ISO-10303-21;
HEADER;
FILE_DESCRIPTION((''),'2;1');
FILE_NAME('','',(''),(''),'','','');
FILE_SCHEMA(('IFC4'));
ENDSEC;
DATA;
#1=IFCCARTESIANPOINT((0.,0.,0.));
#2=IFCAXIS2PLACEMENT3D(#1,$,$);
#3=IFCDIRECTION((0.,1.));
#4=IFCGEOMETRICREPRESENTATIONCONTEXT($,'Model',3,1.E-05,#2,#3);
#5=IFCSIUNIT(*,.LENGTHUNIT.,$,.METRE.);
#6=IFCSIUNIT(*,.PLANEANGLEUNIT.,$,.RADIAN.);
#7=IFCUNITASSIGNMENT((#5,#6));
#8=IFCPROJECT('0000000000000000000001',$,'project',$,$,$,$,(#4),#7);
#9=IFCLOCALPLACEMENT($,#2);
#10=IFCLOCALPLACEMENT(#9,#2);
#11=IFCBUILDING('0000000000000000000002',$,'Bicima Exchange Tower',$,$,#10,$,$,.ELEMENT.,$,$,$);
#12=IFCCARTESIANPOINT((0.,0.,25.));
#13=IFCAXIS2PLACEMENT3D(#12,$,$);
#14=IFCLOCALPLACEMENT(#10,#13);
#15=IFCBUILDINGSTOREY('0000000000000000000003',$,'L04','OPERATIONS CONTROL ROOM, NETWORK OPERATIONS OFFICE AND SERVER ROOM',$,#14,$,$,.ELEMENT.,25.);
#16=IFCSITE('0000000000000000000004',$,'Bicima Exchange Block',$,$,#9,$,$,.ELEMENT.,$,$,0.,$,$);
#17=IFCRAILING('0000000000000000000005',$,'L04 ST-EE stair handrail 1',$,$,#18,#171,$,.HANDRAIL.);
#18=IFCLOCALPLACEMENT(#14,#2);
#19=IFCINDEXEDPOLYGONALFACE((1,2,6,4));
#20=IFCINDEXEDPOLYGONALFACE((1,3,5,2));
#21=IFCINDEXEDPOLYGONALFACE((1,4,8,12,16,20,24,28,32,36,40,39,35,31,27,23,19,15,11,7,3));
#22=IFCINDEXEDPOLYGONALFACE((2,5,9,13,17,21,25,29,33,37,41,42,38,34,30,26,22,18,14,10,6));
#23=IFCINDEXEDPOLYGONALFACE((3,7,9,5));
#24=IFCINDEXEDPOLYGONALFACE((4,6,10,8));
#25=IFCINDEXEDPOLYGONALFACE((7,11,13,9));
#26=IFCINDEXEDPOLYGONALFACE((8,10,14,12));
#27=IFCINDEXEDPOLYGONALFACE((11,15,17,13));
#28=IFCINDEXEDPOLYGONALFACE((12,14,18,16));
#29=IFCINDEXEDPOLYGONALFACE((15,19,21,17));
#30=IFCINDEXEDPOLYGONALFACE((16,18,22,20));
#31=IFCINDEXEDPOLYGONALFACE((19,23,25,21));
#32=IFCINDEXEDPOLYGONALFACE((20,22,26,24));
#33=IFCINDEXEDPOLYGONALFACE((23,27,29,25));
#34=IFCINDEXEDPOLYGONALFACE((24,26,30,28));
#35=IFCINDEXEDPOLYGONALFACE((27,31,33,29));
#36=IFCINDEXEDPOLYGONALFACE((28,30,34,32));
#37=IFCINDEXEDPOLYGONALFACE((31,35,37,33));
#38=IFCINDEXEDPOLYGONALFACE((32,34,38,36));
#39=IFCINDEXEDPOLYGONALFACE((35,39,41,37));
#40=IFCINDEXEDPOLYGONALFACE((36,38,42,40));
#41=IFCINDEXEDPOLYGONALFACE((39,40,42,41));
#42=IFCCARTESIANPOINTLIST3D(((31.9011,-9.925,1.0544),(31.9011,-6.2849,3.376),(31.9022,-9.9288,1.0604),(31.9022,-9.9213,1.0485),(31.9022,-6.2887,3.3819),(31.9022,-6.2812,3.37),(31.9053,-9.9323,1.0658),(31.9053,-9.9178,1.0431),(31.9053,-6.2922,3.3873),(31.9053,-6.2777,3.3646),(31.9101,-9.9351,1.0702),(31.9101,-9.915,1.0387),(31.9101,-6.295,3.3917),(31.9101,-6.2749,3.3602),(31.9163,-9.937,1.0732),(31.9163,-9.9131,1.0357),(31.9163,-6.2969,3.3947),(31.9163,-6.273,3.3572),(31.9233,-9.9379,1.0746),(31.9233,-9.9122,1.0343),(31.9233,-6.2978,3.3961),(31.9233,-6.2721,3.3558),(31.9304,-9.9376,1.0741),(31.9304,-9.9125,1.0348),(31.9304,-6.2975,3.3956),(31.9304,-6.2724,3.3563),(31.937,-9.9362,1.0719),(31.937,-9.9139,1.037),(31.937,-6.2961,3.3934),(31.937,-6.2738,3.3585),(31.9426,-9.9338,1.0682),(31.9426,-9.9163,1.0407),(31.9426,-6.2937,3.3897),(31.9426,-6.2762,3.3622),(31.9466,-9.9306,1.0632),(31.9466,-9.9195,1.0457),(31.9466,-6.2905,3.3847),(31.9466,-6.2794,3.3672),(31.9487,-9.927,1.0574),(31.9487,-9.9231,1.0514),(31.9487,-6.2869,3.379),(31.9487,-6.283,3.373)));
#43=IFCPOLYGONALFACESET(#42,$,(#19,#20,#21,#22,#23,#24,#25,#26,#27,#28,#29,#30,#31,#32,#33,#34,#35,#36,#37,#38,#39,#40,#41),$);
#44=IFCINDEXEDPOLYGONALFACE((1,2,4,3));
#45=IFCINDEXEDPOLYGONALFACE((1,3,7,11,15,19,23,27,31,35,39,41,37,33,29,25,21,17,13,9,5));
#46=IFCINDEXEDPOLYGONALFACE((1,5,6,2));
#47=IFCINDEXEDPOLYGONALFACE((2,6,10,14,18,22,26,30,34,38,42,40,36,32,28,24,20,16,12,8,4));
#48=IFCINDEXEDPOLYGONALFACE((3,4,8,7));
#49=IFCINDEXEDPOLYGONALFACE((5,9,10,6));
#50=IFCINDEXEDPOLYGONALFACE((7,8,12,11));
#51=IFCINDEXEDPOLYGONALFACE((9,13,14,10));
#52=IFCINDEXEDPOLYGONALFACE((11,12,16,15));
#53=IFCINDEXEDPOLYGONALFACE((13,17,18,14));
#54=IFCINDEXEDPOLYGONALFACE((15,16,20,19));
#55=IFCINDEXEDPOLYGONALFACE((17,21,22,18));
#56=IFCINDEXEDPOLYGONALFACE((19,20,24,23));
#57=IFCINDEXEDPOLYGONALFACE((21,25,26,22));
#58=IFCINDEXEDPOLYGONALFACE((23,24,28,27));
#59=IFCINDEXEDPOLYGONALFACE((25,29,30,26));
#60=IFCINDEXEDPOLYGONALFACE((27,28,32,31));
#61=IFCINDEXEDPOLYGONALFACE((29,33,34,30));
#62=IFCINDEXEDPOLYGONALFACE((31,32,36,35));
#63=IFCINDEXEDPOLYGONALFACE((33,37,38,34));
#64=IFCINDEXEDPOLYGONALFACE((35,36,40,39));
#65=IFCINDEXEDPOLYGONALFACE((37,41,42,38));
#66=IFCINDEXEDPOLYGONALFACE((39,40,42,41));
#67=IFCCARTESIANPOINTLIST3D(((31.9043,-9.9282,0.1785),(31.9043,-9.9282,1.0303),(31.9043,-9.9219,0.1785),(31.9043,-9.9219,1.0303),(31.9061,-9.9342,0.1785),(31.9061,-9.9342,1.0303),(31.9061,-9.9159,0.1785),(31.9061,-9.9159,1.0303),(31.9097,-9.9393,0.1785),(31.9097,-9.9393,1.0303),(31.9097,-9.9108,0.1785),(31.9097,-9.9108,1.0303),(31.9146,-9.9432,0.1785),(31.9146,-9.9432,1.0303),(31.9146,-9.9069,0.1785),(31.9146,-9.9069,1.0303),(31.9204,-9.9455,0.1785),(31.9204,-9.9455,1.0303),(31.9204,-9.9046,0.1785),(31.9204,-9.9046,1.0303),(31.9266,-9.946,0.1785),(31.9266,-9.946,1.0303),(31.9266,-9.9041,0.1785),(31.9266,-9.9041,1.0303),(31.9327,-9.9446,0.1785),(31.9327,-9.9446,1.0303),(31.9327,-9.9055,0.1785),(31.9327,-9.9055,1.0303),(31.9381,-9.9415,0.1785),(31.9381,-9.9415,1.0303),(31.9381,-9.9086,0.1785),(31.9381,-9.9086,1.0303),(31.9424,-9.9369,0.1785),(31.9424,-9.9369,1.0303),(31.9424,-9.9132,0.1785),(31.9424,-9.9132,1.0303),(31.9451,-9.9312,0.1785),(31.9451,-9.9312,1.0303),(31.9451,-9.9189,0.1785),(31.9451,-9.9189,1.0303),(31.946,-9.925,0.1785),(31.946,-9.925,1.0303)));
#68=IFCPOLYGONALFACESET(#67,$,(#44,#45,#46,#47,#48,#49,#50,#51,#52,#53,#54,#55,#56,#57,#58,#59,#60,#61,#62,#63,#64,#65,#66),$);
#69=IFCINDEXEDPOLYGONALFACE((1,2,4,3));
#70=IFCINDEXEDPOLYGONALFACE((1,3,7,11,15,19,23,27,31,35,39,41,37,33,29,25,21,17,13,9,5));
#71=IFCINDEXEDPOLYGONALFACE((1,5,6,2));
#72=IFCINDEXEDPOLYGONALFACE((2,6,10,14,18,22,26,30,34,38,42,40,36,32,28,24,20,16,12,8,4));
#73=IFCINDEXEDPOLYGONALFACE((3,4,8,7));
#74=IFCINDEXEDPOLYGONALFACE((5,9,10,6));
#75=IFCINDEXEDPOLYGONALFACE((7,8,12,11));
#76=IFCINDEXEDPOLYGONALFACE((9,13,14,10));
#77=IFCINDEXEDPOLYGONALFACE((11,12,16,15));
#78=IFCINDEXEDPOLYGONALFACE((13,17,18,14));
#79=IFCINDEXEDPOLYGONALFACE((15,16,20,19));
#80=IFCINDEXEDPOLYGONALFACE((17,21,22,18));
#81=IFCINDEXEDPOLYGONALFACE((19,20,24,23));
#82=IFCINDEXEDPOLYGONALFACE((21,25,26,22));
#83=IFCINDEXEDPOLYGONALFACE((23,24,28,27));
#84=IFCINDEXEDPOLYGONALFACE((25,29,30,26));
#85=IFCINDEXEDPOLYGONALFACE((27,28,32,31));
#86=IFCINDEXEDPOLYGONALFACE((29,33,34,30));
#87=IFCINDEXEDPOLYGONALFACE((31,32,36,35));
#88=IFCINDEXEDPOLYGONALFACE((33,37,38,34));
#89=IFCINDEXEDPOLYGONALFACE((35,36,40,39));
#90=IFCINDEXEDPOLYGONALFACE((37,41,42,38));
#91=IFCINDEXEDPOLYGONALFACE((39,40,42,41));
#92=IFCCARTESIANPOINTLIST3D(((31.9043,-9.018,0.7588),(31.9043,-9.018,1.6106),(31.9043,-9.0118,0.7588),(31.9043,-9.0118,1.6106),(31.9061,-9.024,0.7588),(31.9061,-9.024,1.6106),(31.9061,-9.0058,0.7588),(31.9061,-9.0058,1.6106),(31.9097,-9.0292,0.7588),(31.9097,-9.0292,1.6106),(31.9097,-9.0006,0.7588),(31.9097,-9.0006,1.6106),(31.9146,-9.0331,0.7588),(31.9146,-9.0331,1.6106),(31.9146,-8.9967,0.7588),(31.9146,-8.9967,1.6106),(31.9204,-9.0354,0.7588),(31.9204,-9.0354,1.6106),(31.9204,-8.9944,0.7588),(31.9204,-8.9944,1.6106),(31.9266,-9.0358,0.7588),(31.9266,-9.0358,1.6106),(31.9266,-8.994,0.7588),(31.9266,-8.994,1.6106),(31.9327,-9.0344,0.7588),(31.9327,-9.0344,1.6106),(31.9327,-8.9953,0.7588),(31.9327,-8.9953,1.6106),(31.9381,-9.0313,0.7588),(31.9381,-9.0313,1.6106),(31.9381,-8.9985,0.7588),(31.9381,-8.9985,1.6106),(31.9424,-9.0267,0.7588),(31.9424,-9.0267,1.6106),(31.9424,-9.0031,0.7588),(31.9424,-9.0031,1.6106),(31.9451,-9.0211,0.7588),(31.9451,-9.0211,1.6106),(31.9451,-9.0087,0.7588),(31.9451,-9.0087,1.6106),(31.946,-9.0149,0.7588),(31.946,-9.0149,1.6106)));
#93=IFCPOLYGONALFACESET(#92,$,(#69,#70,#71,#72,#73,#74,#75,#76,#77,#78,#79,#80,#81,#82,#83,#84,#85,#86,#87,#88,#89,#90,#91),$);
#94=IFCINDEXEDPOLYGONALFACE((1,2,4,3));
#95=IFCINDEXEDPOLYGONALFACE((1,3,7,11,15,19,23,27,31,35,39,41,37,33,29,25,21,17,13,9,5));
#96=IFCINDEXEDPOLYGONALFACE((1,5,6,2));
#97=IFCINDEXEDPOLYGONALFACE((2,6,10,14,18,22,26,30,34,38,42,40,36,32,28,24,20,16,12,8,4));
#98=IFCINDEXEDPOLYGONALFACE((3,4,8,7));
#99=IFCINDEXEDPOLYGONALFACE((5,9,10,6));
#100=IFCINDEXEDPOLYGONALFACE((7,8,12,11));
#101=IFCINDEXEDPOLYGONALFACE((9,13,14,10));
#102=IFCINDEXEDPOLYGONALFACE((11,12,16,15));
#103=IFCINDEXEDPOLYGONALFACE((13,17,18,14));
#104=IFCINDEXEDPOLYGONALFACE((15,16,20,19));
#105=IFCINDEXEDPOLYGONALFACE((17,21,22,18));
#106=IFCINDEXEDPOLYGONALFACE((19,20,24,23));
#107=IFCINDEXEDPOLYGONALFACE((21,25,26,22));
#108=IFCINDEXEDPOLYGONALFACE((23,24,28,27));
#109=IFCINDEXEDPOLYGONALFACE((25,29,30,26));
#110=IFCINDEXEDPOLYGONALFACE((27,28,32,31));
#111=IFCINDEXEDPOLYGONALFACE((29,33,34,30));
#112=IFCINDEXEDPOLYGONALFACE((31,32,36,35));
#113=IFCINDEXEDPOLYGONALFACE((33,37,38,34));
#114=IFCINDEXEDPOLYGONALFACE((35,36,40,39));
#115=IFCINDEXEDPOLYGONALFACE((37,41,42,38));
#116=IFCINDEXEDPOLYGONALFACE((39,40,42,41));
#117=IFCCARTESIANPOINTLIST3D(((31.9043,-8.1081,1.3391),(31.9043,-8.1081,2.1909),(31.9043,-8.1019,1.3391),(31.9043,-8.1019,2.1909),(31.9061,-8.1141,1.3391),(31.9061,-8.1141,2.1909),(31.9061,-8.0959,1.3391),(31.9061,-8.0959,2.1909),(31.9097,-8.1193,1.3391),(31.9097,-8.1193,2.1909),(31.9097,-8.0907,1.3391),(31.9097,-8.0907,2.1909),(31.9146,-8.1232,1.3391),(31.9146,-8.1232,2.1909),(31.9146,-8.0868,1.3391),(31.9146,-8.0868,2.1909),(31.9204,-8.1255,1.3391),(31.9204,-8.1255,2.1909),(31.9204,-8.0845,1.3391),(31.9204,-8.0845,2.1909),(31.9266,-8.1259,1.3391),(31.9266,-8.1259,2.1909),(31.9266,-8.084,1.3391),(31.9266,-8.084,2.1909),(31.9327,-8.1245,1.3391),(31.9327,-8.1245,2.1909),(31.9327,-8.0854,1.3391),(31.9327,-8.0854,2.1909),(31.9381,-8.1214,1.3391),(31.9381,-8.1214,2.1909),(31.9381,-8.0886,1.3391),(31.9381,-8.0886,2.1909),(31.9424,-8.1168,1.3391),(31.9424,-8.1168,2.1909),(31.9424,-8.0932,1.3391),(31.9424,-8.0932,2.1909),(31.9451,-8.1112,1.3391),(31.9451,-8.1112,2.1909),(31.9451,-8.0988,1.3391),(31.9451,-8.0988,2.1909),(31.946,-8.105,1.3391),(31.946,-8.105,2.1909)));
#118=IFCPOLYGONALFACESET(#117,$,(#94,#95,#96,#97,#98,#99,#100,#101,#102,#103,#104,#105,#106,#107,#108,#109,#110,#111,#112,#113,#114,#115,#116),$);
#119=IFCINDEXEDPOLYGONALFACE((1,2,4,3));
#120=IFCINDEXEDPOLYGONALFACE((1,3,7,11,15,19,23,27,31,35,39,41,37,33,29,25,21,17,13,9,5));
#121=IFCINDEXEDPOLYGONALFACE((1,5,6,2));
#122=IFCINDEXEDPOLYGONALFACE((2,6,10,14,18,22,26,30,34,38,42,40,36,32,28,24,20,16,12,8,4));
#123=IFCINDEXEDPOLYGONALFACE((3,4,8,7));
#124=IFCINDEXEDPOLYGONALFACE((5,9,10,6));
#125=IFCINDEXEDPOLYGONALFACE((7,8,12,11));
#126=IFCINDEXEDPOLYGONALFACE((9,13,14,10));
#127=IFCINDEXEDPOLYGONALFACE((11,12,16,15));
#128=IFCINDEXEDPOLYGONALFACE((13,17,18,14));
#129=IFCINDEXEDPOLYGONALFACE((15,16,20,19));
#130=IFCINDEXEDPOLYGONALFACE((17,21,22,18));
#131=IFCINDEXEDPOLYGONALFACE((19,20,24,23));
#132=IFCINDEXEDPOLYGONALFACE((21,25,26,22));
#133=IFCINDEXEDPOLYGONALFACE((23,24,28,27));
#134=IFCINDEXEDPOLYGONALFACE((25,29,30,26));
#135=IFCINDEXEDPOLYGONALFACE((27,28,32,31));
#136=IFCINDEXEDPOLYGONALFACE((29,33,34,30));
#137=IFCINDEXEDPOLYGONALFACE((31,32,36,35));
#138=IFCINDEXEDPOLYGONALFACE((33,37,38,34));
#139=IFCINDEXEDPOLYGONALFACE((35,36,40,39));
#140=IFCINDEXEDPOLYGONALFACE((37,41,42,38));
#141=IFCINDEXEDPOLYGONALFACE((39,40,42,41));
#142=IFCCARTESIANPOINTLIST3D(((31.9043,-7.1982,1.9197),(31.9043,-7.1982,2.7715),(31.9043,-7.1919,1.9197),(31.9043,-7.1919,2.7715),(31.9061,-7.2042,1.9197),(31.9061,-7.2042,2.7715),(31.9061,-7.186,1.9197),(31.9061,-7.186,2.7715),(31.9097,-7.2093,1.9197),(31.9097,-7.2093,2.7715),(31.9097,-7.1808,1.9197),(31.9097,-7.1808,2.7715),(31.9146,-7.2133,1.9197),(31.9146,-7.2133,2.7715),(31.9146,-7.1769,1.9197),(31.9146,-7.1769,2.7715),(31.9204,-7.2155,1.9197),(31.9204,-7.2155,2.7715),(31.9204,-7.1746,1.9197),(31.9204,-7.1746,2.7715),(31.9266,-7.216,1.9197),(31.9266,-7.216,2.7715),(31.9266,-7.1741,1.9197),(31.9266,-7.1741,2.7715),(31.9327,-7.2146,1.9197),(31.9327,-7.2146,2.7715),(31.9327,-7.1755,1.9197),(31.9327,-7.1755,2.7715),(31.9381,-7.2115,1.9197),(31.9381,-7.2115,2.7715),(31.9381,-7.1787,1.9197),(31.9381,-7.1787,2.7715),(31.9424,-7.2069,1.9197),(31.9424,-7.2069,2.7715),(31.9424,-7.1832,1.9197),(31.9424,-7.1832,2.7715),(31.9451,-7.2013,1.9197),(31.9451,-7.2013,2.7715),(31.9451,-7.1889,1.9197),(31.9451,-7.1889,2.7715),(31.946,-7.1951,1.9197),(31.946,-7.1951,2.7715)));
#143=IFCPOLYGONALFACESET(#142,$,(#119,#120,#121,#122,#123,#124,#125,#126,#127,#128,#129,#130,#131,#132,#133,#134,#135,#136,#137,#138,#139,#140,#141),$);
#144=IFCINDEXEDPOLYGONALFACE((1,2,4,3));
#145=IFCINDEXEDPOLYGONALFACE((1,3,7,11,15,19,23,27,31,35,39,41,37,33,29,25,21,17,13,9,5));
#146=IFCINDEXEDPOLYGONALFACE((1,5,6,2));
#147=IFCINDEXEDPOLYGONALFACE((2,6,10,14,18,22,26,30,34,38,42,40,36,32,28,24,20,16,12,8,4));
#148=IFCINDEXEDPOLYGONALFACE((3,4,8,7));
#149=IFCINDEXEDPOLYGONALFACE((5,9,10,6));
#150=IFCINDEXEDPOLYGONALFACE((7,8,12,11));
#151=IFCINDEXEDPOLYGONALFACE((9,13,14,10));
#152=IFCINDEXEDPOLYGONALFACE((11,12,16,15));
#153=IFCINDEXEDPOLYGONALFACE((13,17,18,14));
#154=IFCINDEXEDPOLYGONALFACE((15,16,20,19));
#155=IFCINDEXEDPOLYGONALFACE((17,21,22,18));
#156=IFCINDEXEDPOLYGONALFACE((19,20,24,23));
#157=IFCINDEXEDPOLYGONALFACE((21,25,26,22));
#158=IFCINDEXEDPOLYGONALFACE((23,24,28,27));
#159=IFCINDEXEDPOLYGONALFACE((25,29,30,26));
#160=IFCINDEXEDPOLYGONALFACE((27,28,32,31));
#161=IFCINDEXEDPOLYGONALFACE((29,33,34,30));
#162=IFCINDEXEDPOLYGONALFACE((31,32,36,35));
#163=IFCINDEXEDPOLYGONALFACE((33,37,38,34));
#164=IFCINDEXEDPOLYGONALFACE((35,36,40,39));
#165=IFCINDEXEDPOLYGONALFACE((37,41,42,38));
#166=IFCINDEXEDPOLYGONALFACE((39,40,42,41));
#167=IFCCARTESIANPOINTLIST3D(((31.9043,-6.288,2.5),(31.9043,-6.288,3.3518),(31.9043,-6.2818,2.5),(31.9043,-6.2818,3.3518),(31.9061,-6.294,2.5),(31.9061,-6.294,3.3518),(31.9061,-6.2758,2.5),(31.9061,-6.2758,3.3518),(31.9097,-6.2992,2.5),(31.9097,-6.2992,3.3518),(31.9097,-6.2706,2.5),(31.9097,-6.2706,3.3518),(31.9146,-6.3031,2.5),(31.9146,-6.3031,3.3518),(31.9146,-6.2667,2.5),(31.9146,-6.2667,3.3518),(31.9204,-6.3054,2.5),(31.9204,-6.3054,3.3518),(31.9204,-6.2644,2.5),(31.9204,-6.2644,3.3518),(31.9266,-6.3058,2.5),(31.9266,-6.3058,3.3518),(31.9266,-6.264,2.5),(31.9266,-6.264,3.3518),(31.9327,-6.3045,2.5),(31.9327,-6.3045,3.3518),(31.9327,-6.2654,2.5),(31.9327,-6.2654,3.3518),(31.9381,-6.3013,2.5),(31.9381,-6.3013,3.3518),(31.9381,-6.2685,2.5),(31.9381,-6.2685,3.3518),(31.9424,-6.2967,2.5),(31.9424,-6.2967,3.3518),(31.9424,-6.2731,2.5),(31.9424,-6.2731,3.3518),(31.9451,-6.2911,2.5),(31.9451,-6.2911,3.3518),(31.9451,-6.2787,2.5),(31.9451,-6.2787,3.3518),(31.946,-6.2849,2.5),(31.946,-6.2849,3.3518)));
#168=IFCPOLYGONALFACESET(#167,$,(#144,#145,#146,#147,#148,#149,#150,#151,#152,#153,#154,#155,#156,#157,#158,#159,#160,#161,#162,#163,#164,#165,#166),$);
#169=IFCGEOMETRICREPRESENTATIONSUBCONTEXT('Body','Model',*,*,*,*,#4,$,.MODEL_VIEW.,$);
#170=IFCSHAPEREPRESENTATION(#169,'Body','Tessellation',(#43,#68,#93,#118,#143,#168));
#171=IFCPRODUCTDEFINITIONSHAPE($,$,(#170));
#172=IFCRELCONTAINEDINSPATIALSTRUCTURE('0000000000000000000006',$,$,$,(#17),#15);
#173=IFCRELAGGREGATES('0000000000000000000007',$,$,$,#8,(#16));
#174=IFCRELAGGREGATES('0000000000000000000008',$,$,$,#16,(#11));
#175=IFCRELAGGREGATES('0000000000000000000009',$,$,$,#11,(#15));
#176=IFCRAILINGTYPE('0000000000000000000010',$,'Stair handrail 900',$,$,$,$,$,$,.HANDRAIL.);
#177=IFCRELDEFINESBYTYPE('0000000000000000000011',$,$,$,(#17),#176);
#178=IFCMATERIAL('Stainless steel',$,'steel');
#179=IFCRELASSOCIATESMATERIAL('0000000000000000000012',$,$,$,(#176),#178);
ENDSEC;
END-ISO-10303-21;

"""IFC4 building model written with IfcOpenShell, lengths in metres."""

from ifc_helpers import new_model, si_unit, direction, frame, origin, origin_2d, place, context, subcontext, project, spatial, circle, extrude, material, type_object, element, save


model = new_model("IFC4")

# Units and contexts
model_context = context("Model", 3, precision=1e-05, world=origin(), true_north=direction((0.0, 1.0)))
body_context = subcontext(model_context, "Body", "Model", "MODEL_VIEW")
ifc_project = project(units=[si_unit("LENGTHUNIT", "METRE"), si_unit("PLANEANGLEUNIT", "RADIAN")], contexts=[model_context])

# Site, building, storey
site_placement = place(None, origin())
site = spatial("IfcSite", under=ifc_project, at=site_placement, Name="Bicima Exchange Block", CompositionType="ELEMENT", RefElevation=0.0)
building_placement = place(site_placement, origin())
building = spatial("IfcBuilding", under=site, at=building_placement, Name="Bicima Exchange Tower", CompositionType="ELEMENT")
storey_placement = place(building_placement, frame((0.0, 0.0, 25.0)))
storey = spatial("IfcBuildingStorey", under=building, at=storey_placement, Name="L04", Description="OPERATIONS CONTROL ROOM, NETWORK OPERATIONS OFFICE AND SERVER ROOM", CompositionType="ELEMENT", Elevation=25.0)

# Railing
ifc_material_1 = material(Name="Stainless steel", Category="steel")
railing_type_1 = type_object("IfcRailingType", Name="Stair handrail 900", PredefinedType="HANDRAIL", material=ifc_material_1)
railing_1_placement = place(storey_placement, frame((31.925, -9.925, 0.1785)))
element("IfcRailing", 1, at=railing_1_placement, inside=storey, type_object=railing_type_1, Name="L04 ST-EE stair handrail 1", PredefinedType="HANDRAIL", context=body_context, shape_type="SweptSolid", body=[
    extrude(circle(Radius=0.0239, at=origin_2d()), frame((0.0, 0.0, 0.876), z_axis=(0.0, 0.843128, 0.537713), x_axis=(-1.0, 0.0, 0.0)), (0.0, 0.0, 1.0), 4.3174),
    extrude(circle(Radius=0.021, at=origin_2d()), origin(), (0.0, 0.0, 1.0), 0.8518),
    extrude(circle(Radius=0.021, at=origin_2d()), frame((0.0, 0.9102, 0.5803)), (0.0, 0.0, 1.0), 0.8518),
    extrude(circle(Radius=0.021, at=origin_2d()), frame((0.0, 1.8201, 1.1606)), (0.0, 0.0, 1.0), 0.8518),
    extrude(circle(Radius=0.021, at=origin_2d()), frame((0.0, 2.73, 1.7412)), (0.0, 0.0, 1.0), 0.8518),
    extrude(circle(Radius=0.021, at=origin_2d()), frame((0.0, 3.6401, 2.3215)), (0.0, 0.0, 1.0), 0.8518),
])

save(model, "model.ifc")
